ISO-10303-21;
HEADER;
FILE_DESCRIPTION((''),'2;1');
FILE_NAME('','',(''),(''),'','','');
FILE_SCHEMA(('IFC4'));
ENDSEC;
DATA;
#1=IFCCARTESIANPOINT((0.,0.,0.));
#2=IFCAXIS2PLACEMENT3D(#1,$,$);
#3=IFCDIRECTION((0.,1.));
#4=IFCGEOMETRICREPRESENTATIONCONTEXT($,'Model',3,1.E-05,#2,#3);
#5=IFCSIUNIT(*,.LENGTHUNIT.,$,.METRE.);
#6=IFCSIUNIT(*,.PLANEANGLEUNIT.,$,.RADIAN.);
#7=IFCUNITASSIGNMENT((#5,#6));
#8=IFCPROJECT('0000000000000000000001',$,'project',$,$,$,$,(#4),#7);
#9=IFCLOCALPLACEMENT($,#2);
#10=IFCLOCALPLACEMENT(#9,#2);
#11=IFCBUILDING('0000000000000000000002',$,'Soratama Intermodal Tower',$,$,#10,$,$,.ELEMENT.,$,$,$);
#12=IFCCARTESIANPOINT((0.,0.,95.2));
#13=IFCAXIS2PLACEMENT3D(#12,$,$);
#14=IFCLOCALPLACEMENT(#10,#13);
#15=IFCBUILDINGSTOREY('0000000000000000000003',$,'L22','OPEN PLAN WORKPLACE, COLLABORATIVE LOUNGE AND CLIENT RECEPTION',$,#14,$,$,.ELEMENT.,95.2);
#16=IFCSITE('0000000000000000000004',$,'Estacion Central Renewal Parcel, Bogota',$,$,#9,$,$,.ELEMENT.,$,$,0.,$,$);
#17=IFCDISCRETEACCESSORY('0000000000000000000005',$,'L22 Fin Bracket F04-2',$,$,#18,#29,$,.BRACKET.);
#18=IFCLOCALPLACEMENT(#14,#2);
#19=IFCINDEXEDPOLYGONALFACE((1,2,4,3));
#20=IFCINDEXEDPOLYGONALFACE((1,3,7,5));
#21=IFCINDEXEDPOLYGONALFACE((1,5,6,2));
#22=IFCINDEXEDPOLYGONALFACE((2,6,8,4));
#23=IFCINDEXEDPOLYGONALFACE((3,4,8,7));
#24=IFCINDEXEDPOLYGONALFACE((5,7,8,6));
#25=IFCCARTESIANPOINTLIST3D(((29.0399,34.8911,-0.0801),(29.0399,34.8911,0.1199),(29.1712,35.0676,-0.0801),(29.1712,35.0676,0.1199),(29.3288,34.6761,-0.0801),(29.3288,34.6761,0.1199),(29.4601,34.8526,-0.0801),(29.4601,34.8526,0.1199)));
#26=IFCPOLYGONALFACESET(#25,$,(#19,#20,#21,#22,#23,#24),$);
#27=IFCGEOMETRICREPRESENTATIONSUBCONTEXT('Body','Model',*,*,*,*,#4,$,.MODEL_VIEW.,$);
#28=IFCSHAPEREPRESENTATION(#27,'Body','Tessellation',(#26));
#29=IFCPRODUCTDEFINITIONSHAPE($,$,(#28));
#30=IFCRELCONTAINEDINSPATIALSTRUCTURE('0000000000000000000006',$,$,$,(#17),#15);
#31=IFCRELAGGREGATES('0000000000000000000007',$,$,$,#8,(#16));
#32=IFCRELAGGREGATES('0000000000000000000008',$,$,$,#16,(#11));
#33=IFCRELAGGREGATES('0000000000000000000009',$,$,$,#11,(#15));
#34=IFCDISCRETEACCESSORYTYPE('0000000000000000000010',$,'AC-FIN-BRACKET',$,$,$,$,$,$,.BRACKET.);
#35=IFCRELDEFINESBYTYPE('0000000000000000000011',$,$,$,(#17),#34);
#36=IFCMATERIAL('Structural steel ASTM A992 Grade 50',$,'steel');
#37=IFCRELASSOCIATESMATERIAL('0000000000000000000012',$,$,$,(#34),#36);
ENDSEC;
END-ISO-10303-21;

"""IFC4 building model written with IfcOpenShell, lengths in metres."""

from ifc_helpers import new_model, si_unit, direction, frame, origin, origin_2d, place, context, subcontext, project, spatial, rectangle, extrude, material, type_object, element, save


model = new_model("IFC4")

# Units and contexts
model_context = context("Model", 3, precision=1e-05, world=origin(), true_north=direction((0.0, 1.0)))
body_context = subcontext(model_context, "Body", "Model", "MODEL_VIEW")
ifc_project = project(units=[si_unit("LENGTHUNIT", "METRE"), si_unit("PLANEANGLEUNIT", "RADIAN")], contexts=[model_context])

# Site, building, storey
site_placement = place(None, origin())
site = spatial("IfcSite", under=ifc_project, at=site_placement, Name="Estacion Central Renewal Parcel, Bogota", CompositionType="ELEMENT", RefElevation=0.0)
building_placement = place(site_placement, origin())
building = spatial("IfcBuilding", under=site, at=building_placement, Name="Soratama Intermodal Tower", CompositionType="ELEMENT")
storey_placement = place(building_placement, frame((0.0, 0.0, 95.2)))
storey = spatial("IfcBuildingStorey", under=building, at=storey_placement, Name="L22", Description="OPEN PLAN WORKPLACE, COLLABORATIVE LOUNGE AND CLIENT RECEPTION", CompositionType="ELEMENT", Elevation=95.2)

# Discrete accessory
ifc_material_1 = material(Name="Structural steel ASTM A992 Grade 50", Category="steel")
discrete_accessory_type = type_object("IfcDiscreteAccessoryType", Name="AC-FIN-BRACKET", PredefinedType="BRACKET", material=ifc_material_1)
discrete_accessory_placement = place(storey_placement, frame((29.25, 34.8718, -0.0801), z_axis=(0.0, 0.0, 1.0), x_axis=(-0.802193, 0.597065, 0.0)))
element("IfcDiscreteAccessory", 1, at=discrete_accessory_placement, inside=storey, type_object=discrete_accessory_type, Name="L22 Fin Bracket F04-2", PredefinedType="BRACKET", context=body_context, shape_type="SweptSolid", body=[
    extrude(rectangle(XDim=0.3601, YDim=0.22, at=origin_2d()), origin(), (0.0, 0.0, 1.0), 0.2),
])

save(model, "model.ifc")
